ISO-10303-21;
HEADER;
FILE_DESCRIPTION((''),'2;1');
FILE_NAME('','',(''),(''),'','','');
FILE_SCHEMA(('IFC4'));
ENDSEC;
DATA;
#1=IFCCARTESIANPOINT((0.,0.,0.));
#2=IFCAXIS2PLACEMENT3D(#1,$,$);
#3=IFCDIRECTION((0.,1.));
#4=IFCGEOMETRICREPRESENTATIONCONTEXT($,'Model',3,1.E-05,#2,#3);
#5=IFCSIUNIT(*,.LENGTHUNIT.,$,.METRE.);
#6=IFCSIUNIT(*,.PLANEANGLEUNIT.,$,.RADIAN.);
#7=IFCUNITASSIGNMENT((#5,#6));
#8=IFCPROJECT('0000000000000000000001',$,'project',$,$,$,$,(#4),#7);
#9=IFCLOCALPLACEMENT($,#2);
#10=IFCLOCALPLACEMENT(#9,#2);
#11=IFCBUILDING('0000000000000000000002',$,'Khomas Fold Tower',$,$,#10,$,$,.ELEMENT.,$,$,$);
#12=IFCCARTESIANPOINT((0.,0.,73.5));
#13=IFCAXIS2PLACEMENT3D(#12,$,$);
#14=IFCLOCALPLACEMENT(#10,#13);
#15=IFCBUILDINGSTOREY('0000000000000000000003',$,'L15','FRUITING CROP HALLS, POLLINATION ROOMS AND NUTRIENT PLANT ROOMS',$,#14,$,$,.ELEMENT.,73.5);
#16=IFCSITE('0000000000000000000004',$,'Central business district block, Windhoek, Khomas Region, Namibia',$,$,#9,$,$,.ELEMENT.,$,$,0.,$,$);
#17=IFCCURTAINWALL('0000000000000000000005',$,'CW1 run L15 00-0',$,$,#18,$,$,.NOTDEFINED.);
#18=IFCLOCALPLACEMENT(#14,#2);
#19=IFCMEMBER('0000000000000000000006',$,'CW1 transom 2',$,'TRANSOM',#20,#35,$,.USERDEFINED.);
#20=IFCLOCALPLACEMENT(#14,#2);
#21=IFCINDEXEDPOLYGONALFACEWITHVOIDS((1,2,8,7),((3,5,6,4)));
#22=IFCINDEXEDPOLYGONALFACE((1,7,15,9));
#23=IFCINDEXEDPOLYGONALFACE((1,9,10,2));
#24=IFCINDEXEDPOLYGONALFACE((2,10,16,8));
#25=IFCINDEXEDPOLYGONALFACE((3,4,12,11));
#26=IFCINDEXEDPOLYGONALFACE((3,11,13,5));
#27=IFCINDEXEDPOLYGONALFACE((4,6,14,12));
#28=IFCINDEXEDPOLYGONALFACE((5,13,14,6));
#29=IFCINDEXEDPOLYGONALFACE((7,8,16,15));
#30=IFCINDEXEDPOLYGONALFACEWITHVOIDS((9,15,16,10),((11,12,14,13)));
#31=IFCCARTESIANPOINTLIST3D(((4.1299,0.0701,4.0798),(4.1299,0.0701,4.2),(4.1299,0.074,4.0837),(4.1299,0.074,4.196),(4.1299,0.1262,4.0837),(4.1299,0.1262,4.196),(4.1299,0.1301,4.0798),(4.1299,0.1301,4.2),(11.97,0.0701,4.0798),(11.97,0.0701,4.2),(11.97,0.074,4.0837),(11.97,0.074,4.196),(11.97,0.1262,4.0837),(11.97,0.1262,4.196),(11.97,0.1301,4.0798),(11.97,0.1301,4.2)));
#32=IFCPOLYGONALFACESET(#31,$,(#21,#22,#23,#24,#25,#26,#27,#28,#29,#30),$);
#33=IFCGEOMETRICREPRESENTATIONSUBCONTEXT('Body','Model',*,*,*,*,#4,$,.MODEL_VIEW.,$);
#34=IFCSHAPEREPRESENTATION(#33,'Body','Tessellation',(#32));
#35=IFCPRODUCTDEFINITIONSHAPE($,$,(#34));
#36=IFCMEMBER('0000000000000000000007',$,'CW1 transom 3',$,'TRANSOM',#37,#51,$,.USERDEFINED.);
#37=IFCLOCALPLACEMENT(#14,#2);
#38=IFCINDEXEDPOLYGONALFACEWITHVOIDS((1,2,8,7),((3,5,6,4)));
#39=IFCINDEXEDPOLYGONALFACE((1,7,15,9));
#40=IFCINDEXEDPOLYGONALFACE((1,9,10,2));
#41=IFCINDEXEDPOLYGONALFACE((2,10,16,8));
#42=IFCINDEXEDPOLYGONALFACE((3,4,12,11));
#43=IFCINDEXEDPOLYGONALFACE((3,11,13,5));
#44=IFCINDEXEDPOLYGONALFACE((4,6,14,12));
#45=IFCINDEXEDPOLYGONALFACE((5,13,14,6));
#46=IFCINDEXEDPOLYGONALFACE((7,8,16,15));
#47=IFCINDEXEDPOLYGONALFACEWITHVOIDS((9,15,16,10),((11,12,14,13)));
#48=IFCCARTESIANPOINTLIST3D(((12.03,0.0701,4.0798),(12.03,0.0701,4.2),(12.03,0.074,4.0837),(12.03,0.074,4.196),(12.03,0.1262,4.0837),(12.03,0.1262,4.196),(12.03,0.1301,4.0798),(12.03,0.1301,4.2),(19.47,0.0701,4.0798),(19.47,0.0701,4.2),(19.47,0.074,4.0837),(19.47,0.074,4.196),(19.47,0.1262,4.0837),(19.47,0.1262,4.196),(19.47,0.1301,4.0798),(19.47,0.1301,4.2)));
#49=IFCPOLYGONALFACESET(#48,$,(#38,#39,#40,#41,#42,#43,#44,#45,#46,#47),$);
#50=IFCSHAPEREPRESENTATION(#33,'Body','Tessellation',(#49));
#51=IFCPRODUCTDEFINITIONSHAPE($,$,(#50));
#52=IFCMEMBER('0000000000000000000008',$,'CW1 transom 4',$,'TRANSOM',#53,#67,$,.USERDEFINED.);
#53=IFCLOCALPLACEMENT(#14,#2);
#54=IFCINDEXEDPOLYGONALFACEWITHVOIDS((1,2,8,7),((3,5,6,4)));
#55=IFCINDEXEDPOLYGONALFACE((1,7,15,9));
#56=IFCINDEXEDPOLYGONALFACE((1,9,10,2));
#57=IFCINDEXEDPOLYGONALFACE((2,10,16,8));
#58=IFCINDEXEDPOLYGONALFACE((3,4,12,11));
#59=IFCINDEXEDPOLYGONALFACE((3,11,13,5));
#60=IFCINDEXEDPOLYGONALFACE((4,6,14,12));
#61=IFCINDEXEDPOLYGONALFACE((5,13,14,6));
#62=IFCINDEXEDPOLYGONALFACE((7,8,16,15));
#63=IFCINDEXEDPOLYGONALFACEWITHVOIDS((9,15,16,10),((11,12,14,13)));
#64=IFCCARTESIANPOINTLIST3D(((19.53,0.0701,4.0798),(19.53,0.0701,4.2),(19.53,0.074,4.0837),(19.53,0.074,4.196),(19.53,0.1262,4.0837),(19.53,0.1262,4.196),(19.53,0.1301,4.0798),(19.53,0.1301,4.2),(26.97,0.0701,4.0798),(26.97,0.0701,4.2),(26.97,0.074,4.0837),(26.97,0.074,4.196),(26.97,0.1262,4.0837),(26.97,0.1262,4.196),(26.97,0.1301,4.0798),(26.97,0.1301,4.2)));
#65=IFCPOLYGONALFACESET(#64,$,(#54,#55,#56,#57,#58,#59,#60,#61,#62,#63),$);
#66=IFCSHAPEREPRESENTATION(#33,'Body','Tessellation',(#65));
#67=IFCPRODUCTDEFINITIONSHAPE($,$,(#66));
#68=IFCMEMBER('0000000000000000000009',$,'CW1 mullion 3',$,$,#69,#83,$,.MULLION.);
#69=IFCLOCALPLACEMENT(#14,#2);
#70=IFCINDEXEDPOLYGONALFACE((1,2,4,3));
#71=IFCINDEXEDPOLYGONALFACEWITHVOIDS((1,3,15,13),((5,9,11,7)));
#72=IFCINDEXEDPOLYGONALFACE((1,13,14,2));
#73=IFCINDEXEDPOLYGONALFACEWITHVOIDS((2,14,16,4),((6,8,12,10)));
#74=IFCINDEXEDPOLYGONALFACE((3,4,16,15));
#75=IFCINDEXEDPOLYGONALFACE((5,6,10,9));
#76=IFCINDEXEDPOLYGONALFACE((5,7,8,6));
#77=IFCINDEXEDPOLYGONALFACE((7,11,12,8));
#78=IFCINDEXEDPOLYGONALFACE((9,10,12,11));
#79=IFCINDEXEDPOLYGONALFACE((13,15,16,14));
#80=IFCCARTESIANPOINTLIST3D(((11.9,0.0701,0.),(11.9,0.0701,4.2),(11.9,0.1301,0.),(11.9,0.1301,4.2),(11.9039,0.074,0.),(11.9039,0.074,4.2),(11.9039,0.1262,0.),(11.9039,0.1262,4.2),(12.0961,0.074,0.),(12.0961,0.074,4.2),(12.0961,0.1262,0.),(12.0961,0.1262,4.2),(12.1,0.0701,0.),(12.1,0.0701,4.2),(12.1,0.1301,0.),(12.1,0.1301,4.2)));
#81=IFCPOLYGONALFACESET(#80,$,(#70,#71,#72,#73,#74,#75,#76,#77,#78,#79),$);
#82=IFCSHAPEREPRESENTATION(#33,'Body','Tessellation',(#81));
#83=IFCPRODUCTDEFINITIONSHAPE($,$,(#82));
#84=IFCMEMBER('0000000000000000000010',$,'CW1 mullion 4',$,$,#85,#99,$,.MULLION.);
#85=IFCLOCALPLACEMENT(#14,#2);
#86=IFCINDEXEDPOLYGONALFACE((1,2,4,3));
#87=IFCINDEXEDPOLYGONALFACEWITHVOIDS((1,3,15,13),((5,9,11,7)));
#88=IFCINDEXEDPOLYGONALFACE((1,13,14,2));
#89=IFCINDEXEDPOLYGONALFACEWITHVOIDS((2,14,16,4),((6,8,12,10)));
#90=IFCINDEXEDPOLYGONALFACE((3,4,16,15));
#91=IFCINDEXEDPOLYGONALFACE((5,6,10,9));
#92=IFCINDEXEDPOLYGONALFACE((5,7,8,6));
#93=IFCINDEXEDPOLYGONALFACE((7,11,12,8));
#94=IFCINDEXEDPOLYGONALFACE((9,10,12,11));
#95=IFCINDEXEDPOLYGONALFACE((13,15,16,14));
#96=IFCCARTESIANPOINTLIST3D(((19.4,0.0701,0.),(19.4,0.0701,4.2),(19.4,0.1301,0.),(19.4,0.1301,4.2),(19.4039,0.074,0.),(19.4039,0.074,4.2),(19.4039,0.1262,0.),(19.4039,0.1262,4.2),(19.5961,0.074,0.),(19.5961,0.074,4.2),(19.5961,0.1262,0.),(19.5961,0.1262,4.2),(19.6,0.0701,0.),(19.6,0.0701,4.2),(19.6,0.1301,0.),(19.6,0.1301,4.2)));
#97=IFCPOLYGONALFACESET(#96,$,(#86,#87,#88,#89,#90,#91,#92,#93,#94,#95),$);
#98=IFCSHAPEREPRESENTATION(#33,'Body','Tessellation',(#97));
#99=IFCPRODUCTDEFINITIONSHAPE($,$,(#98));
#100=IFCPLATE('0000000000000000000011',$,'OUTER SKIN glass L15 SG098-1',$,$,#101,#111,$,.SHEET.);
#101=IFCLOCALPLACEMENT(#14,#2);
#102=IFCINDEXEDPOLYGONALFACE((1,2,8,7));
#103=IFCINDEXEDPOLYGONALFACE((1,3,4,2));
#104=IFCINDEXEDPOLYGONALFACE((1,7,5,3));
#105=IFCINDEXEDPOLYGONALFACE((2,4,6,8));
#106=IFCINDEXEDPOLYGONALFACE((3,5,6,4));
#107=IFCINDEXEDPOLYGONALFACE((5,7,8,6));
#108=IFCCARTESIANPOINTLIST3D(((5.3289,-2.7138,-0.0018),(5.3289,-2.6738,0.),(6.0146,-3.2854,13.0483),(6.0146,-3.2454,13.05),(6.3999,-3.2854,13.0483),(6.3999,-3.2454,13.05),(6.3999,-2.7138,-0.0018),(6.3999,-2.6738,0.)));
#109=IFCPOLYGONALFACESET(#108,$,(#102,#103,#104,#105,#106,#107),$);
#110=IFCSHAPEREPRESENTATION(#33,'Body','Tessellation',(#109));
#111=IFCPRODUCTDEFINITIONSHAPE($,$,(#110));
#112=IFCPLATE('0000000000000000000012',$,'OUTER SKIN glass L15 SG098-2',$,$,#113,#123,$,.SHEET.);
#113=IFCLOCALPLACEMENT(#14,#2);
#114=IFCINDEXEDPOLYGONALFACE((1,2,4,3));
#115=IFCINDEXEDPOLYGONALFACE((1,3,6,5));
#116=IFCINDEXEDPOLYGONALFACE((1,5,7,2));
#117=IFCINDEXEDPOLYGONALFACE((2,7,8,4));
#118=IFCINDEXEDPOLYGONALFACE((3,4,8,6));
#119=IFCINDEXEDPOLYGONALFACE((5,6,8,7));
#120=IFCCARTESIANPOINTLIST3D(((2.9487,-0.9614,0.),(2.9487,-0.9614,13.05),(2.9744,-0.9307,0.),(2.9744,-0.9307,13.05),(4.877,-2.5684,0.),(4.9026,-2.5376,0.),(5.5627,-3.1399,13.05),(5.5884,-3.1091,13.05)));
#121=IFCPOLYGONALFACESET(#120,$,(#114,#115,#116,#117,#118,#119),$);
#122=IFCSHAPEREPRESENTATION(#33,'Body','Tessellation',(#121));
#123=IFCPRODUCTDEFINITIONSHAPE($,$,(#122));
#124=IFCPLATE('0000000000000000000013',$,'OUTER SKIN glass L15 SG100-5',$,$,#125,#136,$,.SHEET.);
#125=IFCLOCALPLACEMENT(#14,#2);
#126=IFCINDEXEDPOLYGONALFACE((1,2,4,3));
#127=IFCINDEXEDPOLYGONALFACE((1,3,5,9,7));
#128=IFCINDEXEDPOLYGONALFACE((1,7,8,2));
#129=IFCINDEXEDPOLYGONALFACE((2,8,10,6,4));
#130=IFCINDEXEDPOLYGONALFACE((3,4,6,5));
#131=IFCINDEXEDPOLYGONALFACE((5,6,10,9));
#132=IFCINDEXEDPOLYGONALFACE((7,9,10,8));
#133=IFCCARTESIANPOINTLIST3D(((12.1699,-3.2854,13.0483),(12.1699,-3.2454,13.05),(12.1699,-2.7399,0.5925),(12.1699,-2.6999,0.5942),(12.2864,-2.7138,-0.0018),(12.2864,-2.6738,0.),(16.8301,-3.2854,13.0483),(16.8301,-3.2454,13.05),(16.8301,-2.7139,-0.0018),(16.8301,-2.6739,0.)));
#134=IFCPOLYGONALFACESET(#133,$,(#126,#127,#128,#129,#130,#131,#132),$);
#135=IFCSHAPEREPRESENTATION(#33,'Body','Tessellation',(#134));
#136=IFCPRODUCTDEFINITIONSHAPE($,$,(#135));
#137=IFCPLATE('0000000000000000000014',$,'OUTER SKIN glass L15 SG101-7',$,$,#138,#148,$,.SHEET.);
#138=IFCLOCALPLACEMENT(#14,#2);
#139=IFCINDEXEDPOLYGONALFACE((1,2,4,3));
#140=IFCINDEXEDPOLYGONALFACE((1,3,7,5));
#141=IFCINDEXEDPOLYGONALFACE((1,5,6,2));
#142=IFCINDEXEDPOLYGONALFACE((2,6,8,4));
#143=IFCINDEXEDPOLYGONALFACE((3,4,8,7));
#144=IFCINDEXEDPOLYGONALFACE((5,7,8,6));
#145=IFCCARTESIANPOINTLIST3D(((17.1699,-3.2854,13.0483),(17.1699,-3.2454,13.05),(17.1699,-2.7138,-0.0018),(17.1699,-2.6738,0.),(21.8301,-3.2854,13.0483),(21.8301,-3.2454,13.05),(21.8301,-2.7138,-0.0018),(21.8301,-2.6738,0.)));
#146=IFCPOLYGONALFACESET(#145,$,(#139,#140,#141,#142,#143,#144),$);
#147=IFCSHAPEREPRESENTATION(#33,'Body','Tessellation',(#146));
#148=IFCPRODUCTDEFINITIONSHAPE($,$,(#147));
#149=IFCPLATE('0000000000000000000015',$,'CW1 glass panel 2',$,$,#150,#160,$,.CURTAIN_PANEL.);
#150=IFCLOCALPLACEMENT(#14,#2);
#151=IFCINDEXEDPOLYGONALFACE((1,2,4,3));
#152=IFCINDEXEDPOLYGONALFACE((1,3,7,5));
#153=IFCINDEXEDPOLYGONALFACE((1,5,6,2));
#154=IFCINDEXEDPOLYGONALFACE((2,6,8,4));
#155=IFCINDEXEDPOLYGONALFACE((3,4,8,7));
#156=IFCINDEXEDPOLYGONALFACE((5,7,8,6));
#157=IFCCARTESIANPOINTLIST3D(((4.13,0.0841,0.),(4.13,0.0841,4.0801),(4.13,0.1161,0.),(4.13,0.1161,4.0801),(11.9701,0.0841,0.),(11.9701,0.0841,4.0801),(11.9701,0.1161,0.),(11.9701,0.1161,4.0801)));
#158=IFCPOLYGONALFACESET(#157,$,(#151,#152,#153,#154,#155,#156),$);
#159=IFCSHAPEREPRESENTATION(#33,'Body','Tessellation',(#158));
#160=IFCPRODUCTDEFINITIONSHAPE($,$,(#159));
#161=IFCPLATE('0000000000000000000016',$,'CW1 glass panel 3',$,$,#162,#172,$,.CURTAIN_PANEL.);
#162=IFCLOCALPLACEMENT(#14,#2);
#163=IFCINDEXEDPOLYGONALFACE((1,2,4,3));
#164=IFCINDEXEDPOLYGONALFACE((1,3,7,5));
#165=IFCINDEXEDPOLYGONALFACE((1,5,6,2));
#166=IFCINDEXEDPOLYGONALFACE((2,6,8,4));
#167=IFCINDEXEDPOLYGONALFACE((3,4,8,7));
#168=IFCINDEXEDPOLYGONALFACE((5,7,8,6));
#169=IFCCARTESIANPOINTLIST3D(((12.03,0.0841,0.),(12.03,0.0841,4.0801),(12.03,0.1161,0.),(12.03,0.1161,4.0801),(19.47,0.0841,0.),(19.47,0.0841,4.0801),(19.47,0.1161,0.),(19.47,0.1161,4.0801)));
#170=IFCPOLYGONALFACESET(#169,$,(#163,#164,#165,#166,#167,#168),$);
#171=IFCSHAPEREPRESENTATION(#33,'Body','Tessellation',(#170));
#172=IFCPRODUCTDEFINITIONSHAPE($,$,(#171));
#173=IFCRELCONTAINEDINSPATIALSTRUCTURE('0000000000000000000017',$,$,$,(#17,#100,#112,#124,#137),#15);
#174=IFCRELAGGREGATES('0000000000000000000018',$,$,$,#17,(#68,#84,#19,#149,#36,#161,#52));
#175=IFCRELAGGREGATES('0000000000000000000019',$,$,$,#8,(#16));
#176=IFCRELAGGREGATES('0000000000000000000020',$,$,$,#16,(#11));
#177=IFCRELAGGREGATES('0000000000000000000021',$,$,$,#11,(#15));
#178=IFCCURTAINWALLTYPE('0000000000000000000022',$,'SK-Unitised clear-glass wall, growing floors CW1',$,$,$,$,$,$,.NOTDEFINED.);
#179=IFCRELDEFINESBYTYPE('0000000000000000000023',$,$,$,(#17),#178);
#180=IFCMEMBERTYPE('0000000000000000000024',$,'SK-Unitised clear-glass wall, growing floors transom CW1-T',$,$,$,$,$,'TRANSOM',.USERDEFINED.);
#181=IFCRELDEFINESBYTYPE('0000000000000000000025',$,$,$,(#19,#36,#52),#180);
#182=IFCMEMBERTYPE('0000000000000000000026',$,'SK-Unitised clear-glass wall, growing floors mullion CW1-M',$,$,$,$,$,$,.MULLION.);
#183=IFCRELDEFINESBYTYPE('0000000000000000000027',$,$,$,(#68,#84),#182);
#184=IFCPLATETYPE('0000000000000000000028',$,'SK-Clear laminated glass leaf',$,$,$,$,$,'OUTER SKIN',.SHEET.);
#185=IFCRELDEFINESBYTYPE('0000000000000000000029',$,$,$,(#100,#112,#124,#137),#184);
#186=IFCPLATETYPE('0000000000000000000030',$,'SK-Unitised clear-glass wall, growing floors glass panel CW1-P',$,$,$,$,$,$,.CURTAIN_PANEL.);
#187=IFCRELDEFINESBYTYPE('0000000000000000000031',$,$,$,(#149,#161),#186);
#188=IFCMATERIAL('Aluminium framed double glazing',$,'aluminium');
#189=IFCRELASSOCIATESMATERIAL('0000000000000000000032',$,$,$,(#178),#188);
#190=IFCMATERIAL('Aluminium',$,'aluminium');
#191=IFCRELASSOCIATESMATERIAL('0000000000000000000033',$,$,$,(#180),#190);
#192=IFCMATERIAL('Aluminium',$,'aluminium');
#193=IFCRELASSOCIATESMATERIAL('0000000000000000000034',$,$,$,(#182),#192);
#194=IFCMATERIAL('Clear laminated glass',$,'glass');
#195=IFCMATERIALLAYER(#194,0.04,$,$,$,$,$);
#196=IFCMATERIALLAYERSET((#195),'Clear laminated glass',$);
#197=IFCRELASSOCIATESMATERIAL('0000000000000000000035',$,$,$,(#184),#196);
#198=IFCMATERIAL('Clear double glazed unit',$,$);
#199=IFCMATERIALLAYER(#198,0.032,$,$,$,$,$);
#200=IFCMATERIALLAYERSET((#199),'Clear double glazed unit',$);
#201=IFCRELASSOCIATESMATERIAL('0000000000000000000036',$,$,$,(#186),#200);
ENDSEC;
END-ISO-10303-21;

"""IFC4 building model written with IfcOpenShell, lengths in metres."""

from ifc_helpers import new_model, si_unit, direction, frame, origin, origin_2d, place, context, subcontext, project, spatial, polyline, rectangle, hollow_rectangle, outline, extrude, source, transform, mapped, material, layer, layer_set, material_profile, profile_set, type_object, element, aggregate, save


model = new_model("IFC4")

# Units and contexts
model_context = context("Model", 3, precision=1e-05, world=origin(), true_north=direction((0.0, 1.0)))
body_context = subcontext(model_context, "Body", "Model", "MODEL_VIEW")
ifc_project = project(units=[si_unit("LENGTHUNIT", "METRE"), si_unit("PLANEANGLEUNIT", "RADIAN")], contexts=[model_context])

# Site, building, storey
site_placement = place(None, origin())
site = spatial("IfcSite", under=ifc_project, at=site_placement, Name="Central business district block, Windhoek, Khomas Region, Namibia", CompositionType="ELEMENT", RefElevation=0.0)
building_placement = place(site_placement, origin())
building = spatial("IfcBuilding", under=site, at=building_placement, Name="Khomas Fold Tower", CompositionType="ELEMENT")
storey_placement = place(building_placement, frame((0.0, 0.0, 73.5)))
storey = spatial("IfcBuildingStorey", under=building, at=storey_placement, Name="L15", Description="FRUITING CROP HALLS, POLLINATION ROOMS AND NUTRIENT PLANT ROOMS", CompositionType="ELEMENT", Elevation=73.5)

# Curtain wall, members
ifc_material_1 = material(Name="Aluminium framed double glazing", Category="aluminium")
curtain_wall_type = type_object("IfcCurtainWallType", Name="SK-Unitised clear-glass wall, growing floors CW1", PredefinedType="NOTDEFINED", material=ifc_material_1)
curtain_wall_placement = place(storey_placement, origin())
curtain_wall = element("IfcCurtainWall", 1, at=curtain_wall_placement, inside=storey, type_object=curtain_wall_type, Name="CW1 run L15 00-0", PredefinedType="NOTDEFINED")
ifc_material_2 = material(Name="Aluminium", Category="aluminium")
ifc_material_profile_1 = material_profile(ifc_material_2, hollow_rectangle(XDim=0.0601, YDim=0.1201, WallThickness=0.0039, at=origin_2d()), Name="SK-Unitised clear-glass wall, growing floors transom CW1-T")
ifc_profile_set_1 = profile_set([ifc_material_profile_1], Name="Aluminium")
member_type_1 = type_object("IfcMemberType", Name="SK-Unitised clear-glass wall, growing floors transom CW1-T", ElementType="TRANSOM", PredefinedType="USERDEFINED", material=ifc_profile_set_1)
shared_shape_1 = source(origin(), body_context, "Body", "SweptSolid", [
    extrude(hollow_rectangle(XDim=0.0601, YDim=0.1201, WallThickness=0.0039, at=origin_2d()), origin(), (0.0, 0.0, 1.0), 7.8401),
])
member_1_placement = place(storey_placement, frame((4.1299, 0.1001, 4.1399), z_axis=(1.0, 0.0, 0.0), x_axis=(0.0, 1.0, 0.0)))
member_1 = element("IfcMember", 2, at=member_1_placement, type_object=member_type_1, Name="CW1 transom 2", ObjectType="TRANSOM", PredefinedType="USERDEFINED", context=body_context, shape_type="MappedRepresentation", body=[
    mapped(shared_shape_1, transform((0.0, 0.0, 0.0))),
])
shared_shape_2 = source(origin(), body_context, "Body", "SweptSolid", [
    extrude(hollow_rectangle(XDim=0.0601, YDim=0.1201, WallThickness=0.0039, at=origin_2d()), origin(), (0.0, 0.0, 1.0), 7.4399),
])
member_2_placement = place(storey_placement, frame((12.03, 0.1001, 4.1399), z_axis=(1.0, 0.0, 0.0), x_axis=(0.0, 1.0, 0.0)))
member_2 = element("IfcMember", 3, at=member_2_placement, type_object=member_type_1, Name="CW1 transom 3", ObjectType="TRANSOM", PredefinedType="USERDEFINED", context=body_context, shape_type="MappedRepresentation", body=[
    mapped(shared_shape_2, transform((0.0, 0.0, 0.0))),
])
member_3_placement = place(storey_placement, frame((19.53, 0.1001, 4.1399), z_axis=(1.0, 0.0, 0.0), x_axis=(0.0, 1.0, 0.0)))
member_3 = element("IfcMember", 4, at=member_3_placement, type_object=member_type_1, Name="CW1 transom 4", ObjectType="TRANSOM", PredefinedType="USERDEFINED", context=body_context, shape_type="MappedRepresentation", body=[
    mapped(shared_shape_2, transform((0.0, 0.0, 0.0))),
])
ifc_material_3 = material(Name="Aluminium", Category="aluminium")
ifc_material_profile_2 = material_profile(ifc_material_3, hollow_rectangle(XDim=0.0601, YDim=0.2, WallThickness=0.0039, at=origin_2d()), Name="SK-Unitised clear-glass wall, growing floors mullion CW1-M")
ifc_profile_set_2 = profile_set([ifc_material_profile_2], Name="Aluminium")
member_type_2 = type_object("IfcMemberType", Name="SK-Unitised clear-glass wall, growing floors mullion CW1-M", PredefinedType="MULLION", material=ifc_profile_set_2)
shared_shape_3 = source(origin(), body_context, "Body", "SweptSolid", [
    extrude(hollow_rectangle(XDim=0.0601, YDim=0.2, WallThickness=0.0039, at=origin_2d()), origin(), (0.0, 0.0, 1.0), 4.2),
])
member_4_placement = place(storey_placement, frame((12.0, 0.1001, 0.0), z_axis=(0.0, 0.0, 1.0), x_axis=(0.0, 1.0, 0.0)))
member_4 = element("IfcMember", 5, at=member_4_placement, type_object=member_type_2, Name="CW1 mullion 3", PredefinedType="MULLION", context=body_context, shape_type="MappedRepresentation", body=[
    mapped(shared_shape_3, transform((0.0, 0.0, 0.0))),
])
member_5_placement = place(storey_placement, frame((19.5, 0.1001, 0.0), z_axis=(0.0, 0.0, 1.0), x_axis=(0.0, 1.0, 0.0)))
member_5 = element("IfcMember", 6, at=member_5_placement, type_object=member_type_2, Name="CW1 mullion 4", PredefinedType="MULLION", context=body_context, shape_type="MappedRepresentation", body=[
    mapped(shared_shape_3, transform((0.0, 0.0, 0.0))),
])

# Plates
ifc_material_4 = material(Name="Clear laminated glass", Category="glass")
ifc_layer_1 = layer(ifc_material_4, 0.04)
ifc_layer_set_1 = layer_set([ifc_layer_1], Name="Clear laminated glass")
plate_type_1 = type_object("IfcPlateType", Name="SK-Clear laminated glass leaf", ElementType="OUTER SKIN", PredefinedType="SHEET", material=ifc_layer_set_1)
plate_1_placement = place(storey_placement, frame((6.3999, -2.6738, 0.0), z_axis=(0.0, 0.999042, 0.043754), x_axis=(-1.0, 0.0, 0.0)))
element("IfcPlate", 7, at=plate_1_placement, inside=storey, type_object=plate_type_1, Name="OUTER SKIN glass L15 SG098-1", PredefinedType="SHEET", context=body_context, shape_type="SweptSolid", body=[
    extrude(outline(polyline([(0.0, 0.0), (1.071, 0.0), (0.3853, 13.0626), (0.0, 13.0626), (0.0, 0.0)])), origin(), (0.0, 0.0, -1.0), 0.04),
])
plate_2_placement = place(storey_placement, frame((4.9026, -2.5376, 0.0), z_axis=(0.640205, 0.768204, 0.0), x_axis=(-0.768204, 0.640205, 0.0)))
element("IfcPlate", 8, at=plate_2_placement, inside=storey, type_object=plate_type_1, Name="OUTER SKIN glass L15 SG098-2", PredefinedType="SHEET", context=body_context, shape_type="SweptSolid", body=[
    extrude(outline(polyline([(0.0, 0.0), (2.51, 0.0), (2.51, 13.05), (-0.8927, 13.05), (0.0, 0.0)])), origin(), (0.0, 0.0, -1.0), 0.04),
])
plate_3_placement = place(storey_placement, frame((12.2864, -2.6738, 0.0), z_axis=(0.000016, 0.999042, 0.043754), x_axis=(-0.19214, -0.042935, 0.980428)))
element("IfcPlate", 9, at=plate_3_placement, inside=storey, type_object=plate_type_1, Name="OUTER SKIN glass L15 SG100-5", PredefinedType="SHEET", context=body_context, shape_type="SweptSolid", body=[
    extrude(outline(polyline([(0.0, 0.0), (0.6061, 0.0), (12.8415, 2.3956), (11.9461, 6.9689), (-0.873, 4.459), (0.0, 0.0)])), origin(), (0.0, 0.0, -1.0), 0.04),
])
plate_4_placement = place(storey_placement, frame((17.1699, -2.6738, 0.0), z_axis=(0.0, 0.999042, 0.043754), x_axis=(0.0, -0.043754, 0.999042)))
element("IfcPlate", 10, at=plate_4_placement, inside=storey, type_object=plate_type_1, Name="OUTER SKIN glass L15 SG101-7", PredefinedType="SHEET", context=body_context, shape_type="SweptSolid", body=[
    extrude(outline(polyline([(0.0, 0.0), (13.0626, 0.0), (13.0626, 4.6602), (0.0, 4.6602), (0.0, 0.0)])), origin(), (0.0, 0.0, -1.0), 0.04),
])

# Plates
ifc_material_5 = material(Name="Clear double glazed unit")
ifc_layer_2 = layer(ifc_material_5, 0.032)
ifc_layer_set_2 = layer_set([ifc_layer_2], Name="Clear double glazed unit")
plate_type_2 = type_object("IfcPlateType", Name="SK-Unitised clear-glass wall, growing floors glass panel CW1-P", PredefinedType="CURTAIN_PANEL", material=ifc_layer_set_2)
shared_shape_4 = source(origin(), body_context, "Body", "SweptSolid", [
    extrude(rectangle(XDim=7.8401, YDim=0.032, at=origin_2d()), origin(), (0.0, 0.0, 1.0), 4.0801),
])
plate_5_placement = place(storey_placement, frame((8.05, 0.1001, 0.0), z_axis=(0.0, 0.0, 1.0), x_axis=(1.0, 0.0, 0.0)))
plate_5 = element("IfcPlate", 11, at=plate_5_placement, type_object=plate_type_2, Name="CW1 glass panel 2", PredefinedType="CURTAIN_PANEL", context=body_context, shape_type="MappedRepresentation", body=[
    mapped(shared_shape_4, transform((0.0, 0.0, 0.0))),
])
shared_shape_5 = source(origin(), body_context, "Body", "SweptSolid", [
    extrude(rectangle(XDim=7.4399, YDim=0.032, at=origin_2d()), origin(), (0.0, 0.0, 1.0), 4.0801),
])
plate_6_placement = place(storey_placement, frame((15.75, 0.1001, 0.0), z_axis=(0.0, 0.0, 1.0), x_axis=(1.0, 0.0, 0.0)))
plate_6 = element("IfcPlate", 12, at=plate_6_placement, type_object=plate_type_2, Name="CW1 glass panel 3", PredefinedType="CURTAIN_PANEL", context=body_context, shape_type="MappedRepresentation", body=[
    mapped(shared_shape_5, transform((0.0, 0.0, 0.0))),
])
aggregate(curtain_wall, [member_4, member_5, member_1, plate_5, member_2, plate_6, member_3])

save(model, "model.ifc")
